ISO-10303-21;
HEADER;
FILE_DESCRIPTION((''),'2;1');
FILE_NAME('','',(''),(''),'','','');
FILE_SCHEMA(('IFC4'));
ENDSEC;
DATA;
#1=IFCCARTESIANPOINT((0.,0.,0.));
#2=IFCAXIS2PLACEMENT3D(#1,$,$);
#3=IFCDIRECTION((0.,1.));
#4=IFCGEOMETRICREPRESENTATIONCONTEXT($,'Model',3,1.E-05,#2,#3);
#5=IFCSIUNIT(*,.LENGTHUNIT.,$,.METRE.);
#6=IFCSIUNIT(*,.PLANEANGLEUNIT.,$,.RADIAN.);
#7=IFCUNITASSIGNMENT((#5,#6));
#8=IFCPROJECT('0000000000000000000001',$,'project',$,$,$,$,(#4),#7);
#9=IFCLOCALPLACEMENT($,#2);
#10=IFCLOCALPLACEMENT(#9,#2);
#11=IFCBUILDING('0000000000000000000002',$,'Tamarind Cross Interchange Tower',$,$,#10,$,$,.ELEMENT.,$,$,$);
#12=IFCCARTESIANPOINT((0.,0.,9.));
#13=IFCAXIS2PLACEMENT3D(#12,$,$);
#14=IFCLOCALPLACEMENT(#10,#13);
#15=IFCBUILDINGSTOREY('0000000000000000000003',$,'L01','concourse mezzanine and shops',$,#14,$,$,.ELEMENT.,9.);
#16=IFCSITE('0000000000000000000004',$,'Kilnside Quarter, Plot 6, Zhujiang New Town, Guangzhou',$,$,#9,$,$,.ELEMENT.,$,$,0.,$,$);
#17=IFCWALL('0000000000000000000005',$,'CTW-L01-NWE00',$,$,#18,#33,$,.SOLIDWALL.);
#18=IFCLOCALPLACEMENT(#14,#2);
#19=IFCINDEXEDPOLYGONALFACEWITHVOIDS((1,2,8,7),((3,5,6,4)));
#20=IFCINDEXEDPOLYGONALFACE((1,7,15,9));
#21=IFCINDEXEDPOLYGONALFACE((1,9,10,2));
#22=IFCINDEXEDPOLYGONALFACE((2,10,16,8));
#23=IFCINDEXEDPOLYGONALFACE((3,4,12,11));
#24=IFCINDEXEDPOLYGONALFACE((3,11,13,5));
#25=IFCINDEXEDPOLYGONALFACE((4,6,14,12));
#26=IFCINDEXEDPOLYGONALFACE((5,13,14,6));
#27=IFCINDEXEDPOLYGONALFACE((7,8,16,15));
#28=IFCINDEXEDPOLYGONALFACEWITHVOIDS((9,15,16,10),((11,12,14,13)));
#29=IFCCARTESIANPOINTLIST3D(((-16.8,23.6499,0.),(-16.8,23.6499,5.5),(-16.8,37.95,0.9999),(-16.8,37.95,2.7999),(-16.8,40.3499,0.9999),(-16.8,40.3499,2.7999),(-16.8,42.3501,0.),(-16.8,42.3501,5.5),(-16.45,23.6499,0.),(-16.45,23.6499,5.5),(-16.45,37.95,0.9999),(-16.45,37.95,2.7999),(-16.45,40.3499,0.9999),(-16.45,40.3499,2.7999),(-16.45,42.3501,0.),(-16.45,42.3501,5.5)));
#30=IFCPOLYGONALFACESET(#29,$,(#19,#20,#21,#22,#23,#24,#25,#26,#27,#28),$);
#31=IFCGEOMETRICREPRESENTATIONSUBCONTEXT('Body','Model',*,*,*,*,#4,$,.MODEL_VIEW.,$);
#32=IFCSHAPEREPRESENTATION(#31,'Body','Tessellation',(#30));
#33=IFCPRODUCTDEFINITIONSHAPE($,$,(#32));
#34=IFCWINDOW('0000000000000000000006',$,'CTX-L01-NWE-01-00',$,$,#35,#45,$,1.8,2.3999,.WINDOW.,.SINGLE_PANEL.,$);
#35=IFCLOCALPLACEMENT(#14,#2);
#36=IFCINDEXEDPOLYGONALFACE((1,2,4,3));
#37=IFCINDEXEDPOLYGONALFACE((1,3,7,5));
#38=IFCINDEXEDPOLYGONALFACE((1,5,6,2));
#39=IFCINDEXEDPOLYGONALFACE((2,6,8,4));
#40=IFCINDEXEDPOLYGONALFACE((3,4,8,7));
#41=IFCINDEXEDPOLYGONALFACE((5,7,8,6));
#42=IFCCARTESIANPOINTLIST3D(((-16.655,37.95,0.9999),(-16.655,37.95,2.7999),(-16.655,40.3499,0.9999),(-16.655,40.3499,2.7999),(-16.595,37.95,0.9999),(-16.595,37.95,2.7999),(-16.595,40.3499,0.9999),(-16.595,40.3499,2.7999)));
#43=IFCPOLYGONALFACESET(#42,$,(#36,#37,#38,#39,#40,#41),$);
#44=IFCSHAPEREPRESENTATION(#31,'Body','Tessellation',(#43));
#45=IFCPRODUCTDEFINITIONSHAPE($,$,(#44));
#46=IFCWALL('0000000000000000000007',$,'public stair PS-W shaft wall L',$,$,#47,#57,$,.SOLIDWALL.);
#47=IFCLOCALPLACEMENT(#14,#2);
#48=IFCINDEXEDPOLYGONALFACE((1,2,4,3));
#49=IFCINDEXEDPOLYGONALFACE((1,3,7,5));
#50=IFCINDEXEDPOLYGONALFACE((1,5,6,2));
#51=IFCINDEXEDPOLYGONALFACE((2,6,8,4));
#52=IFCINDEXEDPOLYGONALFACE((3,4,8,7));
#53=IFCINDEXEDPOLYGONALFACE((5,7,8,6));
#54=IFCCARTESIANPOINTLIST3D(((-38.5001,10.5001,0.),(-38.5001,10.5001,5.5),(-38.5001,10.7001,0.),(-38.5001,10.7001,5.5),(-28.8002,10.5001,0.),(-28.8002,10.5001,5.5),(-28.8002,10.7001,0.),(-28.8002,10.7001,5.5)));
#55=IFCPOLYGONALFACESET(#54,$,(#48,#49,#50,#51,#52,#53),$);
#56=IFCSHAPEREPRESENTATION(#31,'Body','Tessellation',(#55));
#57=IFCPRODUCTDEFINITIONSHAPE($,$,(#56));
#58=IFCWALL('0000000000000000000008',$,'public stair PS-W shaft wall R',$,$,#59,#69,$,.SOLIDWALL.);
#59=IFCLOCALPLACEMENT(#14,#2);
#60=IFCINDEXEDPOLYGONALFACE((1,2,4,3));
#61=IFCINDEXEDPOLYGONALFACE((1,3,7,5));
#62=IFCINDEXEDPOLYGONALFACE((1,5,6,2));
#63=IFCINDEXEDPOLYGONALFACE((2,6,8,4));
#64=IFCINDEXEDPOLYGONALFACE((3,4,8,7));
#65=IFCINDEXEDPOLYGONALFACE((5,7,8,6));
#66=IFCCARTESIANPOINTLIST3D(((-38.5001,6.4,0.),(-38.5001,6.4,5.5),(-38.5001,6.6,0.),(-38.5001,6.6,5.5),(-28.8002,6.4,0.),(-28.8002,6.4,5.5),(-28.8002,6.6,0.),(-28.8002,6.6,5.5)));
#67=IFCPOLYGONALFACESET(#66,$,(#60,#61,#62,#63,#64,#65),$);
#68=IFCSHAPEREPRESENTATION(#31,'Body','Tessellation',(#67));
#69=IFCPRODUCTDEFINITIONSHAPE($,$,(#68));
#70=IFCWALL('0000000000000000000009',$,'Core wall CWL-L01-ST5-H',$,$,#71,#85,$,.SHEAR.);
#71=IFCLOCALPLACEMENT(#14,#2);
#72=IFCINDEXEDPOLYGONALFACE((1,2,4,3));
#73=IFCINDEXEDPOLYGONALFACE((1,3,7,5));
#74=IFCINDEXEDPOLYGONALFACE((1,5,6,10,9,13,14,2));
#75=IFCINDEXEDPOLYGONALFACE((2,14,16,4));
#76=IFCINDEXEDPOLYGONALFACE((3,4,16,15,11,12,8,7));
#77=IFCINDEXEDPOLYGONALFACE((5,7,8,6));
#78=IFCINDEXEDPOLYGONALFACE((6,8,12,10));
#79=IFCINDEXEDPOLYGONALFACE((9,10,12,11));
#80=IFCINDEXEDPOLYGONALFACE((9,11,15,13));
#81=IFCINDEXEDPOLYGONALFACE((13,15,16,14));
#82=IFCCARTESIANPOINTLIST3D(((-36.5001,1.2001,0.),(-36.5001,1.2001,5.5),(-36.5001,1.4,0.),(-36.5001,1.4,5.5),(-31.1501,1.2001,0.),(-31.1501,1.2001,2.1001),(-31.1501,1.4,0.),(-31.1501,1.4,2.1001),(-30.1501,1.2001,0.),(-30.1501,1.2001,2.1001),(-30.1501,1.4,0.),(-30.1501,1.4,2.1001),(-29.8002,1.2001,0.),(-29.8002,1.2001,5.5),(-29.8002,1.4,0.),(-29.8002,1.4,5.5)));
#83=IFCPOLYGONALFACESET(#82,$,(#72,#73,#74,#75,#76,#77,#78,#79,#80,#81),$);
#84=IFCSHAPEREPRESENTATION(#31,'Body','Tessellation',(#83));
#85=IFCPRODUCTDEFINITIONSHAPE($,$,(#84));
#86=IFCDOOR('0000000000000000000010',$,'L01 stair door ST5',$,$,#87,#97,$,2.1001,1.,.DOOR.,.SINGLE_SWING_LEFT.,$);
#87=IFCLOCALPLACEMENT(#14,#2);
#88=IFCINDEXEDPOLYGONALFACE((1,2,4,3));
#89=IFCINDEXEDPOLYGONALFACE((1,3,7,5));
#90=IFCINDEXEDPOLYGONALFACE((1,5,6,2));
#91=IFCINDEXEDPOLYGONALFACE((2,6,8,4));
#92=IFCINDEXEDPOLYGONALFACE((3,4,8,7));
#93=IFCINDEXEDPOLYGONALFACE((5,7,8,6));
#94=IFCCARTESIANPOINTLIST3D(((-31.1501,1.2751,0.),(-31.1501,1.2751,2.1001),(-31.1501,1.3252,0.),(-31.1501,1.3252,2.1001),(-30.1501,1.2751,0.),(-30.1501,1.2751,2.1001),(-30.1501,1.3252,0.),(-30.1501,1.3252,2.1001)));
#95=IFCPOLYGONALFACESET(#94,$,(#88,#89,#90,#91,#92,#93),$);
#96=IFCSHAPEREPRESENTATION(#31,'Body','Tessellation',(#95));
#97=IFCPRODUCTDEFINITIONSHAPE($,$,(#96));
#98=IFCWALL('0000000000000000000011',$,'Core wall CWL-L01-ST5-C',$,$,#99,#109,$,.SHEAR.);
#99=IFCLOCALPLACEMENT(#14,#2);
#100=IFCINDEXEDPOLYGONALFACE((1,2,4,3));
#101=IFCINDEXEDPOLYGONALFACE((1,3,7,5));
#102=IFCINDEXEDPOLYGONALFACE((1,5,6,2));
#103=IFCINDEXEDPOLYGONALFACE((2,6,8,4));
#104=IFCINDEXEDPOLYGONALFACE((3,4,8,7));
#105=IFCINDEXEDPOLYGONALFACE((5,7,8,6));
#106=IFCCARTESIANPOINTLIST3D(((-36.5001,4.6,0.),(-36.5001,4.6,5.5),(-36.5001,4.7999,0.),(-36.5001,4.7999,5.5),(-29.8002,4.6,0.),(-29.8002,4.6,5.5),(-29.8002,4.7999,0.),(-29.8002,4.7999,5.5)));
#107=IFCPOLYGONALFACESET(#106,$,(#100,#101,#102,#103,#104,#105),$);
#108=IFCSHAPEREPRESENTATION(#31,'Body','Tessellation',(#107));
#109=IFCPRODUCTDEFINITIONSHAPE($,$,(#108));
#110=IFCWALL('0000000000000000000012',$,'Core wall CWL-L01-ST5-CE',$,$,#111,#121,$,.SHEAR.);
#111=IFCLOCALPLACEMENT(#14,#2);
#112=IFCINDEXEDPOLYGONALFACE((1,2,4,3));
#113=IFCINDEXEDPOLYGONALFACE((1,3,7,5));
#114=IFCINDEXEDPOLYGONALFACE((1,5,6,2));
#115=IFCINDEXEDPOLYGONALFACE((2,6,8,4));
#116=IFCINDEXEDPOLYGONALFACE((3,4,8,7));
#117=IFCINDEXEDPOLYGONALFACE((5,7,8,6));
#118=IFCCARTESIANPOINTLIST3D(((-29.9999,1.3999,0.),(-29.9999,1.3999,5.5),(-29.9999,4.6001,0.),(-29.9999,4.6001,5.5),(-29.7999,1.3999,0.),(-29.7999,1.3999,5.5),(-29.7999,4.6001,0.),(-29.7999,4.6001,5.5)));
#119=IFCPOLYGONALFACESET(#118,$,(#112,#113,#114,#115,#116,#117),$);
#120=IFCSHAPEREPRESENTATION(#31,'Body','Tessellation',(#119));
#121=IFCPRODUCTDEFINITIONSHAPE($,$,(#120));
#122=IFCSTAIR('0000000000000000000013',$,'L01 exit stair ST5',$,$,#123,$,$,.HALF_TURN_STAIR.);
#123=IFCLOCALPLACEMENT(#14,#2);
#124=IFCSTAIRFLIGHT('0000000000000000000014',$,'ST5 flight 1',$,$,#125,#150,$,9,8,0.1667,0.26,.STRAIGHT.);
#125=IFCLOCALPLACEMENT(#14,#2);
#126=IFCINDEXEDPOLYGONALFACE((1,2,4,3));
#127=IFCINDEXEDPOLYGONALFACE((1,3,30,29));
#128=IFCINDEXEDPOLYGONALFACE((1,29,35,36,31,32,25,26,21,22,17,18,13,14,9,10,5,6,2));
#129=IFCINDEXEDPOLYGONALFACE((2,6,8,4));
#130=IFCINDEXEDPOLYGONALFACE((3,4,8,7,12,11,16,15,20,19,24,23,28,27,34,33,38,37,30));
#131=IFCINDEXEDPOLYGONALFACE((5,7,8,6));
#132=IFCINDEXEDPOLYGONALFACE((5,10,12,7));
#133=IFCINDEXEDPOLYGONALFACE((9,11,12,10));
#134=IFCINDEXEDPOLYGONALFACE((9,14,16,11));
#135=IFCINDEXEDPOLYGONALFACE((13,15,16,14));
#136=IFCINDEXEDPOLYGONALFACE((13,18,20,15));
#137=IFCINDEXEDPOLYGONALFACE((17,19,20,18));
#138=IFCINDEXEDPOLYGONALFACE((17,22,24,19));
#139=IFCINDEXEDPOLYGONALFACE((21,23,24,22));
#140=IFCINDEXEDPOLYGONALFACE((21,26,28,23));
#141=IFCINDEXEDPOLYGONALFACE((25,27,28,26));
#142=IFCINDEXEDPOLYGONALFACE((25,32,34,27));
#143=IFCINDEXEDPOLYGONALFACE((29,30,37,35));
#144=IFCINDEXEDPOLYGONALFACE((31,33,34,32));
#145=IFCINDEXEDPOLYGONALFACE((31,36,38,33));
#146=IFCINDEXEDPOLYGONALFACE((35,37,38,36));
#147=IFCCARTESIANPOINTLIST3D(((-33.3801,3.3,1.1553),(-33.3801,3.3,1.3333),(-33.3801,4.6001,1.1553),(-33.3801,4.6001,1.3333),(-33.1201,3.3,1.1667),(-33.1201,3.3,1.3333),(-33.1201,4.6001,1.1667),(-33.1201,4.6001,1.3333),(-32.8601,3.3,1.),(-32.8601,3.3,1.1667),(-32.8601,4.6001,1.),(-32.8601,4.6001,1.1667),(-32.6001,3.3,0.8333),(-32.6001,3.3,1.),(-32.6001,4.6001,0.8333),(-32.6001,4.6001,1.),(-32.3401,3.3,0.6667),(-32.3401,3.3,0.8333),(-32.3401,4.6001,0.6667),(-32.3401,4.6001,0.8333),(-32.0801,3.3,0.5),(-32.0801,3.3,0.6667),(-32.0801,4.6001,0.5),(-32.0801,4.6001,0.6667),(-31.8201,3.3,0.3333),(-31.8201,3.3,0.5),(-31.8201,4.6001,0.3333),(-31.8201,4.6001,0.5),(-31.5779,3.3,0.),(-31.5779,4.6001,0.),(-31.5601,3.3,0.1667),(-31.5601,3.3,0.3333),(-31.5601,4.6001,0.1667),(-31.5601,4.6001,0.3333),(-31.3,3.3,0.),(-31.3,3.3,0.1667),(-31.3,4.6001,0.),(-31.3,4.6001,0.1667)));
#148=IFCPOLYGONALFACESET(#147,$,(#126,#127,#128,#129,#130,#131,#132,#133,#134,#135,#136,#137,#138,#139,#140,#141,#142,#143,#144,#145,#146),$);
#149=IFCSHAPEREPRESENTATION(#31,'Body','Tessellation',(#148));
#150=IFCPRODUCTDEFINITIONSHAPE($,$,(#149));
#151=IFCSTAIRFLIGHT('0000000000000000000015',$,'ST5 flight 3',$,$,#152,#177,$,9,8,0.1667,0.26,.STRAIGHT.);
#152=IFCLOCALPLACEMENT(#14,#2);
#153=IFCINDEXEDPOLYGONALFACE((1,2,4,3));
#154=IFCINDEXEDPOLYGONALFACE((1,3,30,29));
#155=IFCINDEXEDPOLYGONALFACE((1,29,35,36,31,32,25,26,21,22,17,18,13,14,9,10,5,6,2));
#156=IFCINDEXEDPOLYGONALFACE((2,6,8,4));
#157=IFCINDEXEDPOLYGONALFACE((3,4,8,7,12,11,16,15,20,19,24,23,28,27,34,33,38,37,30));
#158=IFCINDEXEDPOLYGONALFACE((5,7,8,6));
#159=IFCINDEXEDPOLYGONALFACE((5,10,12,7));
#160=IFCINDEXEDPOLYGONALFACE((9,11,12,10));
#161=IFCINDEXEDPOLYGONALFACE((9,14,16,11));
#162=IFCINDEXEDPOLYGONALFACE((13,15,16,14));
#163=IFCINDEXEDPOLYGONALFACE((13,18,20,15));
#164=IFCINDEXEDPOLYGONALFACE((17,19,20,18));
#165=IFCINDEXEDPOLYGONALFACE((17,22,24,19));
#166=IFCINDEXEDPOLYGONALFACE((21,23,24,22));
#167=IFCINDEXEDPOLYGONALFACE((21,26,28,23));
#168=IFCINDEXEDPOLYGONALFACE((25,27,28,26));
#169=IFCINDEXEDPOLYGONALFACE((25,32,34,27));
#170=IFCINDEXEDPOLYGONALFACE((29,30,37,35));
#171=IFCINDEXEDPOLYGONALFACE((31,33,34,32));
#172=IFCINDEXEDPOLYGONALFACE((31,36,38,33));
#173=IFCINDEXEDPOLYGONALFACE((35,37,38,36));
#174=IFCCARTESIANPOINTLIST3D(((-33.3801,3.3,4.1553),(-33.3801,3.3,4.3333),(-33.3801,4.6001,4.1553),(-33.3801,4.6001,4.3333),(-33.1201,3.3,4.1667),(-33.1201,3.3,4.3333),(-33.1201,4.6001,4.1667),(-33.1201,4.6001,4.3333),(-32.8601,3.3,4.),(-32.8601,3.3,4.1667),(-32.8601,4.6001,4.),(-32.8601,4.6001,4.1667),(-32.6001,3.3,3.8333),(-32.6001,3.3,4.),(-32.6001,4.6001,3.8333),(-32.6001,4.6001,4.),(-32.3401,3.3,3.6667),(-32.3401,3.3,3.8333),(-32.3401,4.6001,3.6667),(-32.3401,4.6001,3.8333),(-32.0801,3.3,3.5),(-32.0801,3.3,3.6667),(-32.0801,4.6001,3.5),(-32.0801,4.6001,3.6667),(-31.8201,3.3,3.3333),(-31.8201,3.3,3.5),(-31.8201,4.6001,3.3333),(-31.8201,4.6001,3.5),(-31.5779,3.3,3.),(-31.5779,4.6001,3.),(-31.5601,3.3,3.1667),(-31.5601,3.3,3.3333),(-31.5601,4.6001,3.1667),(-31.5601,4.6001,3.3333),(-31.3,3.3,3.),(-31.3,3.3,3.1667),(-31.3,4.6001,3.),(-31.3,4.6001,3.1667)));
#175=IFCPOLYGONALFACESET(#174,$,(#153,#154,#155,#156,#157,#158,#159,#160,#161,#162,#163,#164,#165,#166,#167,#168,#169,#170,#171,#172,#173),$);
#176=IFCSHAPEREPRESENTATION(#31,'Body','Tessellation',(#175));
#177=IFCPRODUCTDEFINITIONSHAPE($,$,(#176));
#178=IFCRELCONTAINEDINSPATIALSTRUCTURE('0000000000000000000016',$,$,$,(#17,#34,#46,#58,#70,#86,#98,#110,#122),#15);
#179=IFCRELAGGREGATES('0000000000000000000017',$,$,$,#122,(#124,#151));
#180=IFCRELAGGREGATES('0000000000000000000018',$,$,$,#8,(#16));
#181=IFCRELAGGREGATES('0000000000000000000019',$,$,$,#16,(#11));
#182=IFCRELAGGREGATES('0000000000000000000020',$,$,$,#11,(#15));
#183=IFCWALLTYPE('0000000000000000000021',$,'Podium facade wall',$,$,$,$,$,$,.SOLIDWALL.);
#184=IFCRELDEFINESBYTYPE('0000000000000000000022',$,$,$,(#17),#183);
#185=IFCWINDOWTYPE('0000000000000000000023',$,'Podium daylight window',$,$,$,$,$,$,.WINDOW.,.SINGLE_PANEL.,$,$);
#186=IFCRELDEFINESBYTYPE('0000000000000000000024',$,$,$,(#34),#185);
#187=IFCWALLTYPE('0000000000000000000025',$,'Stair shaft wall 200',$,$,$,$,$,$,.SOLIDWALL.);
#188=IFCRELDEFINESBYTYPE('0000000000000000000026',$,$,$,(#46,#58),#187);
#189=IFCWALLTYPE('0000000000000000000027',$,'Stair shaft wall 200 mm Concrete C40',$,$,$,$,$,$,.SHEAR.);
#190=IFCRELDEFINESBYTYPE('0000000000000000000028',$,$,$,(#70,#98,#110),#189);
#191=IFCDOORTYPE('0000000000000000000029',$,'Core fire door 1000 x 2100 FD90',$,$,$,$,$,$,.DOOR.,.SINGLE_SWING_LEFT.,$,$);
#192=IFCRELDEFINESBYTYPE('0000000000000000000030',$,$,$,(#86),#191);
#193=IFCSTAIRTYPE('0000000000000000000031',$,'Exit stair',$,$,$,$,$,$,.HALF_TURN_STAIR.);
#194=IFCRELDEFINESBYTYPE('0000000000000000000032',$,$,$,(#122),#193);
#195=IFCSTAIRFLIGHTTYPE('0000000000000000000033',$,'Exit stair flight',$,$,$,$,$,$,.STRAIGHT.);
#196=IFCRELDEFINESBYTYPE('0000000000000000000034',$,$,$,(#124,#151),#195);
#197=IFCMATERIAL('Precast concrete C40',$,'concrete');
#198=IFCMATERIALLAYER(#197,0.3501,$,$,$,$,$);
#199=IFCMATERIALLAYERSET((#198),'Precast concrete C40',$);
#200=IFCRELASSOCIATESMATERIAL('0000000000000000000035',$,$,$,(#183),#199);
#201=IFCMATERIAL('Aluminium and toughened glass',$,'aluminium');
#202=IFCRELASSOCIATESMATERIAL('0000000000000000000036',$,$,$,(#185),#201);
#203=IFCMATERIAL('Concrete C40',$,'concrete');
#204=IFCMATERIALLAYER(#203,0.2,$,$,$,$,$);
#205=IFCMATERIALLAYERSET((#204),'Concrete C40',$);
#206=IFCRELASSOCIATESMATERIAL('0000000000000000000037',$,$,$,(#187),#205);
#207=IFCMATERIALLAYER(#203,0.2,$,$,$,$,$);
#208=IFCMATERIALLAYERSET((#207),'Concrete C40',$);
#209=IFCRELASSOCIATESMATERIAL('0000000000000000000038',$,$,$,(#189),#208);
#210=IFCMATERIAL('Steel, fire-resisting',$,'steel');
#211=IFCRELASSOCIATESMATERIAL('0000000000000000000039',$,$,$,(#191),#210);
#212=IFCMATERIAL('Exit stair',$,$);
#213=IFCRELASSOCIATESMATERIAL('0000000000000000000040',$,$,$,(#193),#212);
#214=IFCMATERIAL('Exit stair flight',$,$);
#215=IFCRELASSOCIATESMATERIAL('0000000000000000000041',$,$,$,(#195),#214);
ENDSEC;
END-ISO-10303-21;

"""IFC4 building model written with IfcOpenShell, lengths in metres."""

from ifc_helpers import new_model, si_unit, direction, frame, frame_2d, origin, place, context, subcontext, project, spatial, polyline, rectangle, outline, extrude, material, layer, layer_set, type_object, element, fill, aggregate, save


model = new_model("IFC4")

# Units and contexts
model_context = context("Model", 3, precision=1e-05, world=origin(), true_north=direction((0.0, 1.0)))
body_context = subcontext(model_context, "Body", "Model", "MODEL_VIEW")
ifc_project = project(units=[si_unit("LENGTHUNIT", "METRE"), si_unit("PLANEANGLEUNIT", "RADIAN")], contexts=[model_context])

# Site, building, storey
site_placement = place(None, origin())
site = spatial("IfcSite", under=ifc_project, at=site_placement, Name="Kilnside Quarter, Plot 6, Zhujiang New Town, Guangzhou", CompositionType="ELEMENT", RefElevation=0.0)
building_placement = place(site_placement, origin())
building = spatial("IfcBuilding", under=site, at=building_placement, Name="Tamarind Cross Interchange Tower", CompositionType="ELEMENT")
storey_placement = place(building_placement, frame((0.0, 0.0, 9.0)))
storey = spatial("IfcBuildingStorey", under=building, at=storey_placement, Name="L01", Description="concourse mezzanine and shops", CompositionType="ELEMENT", Elevation=9.0)

# Shared definitions
ifc_material_1 = material(Name="Steel, fire-resisting", Category="steel")

# Wall, opening, window
ifc_material_2 = material(Name="Precast concrete C40", Category="concrete")
ifc_layer_1 = layer(ifc_material_2, 0.3501)
ifc_layer_set_1 = layer_set([ifc_layer_1], Name="Precast concrete C40")
wall_type_1 = type_object("IfcWallType", Name="Podium facade wall", PredefinedType="SOLIDWALL", material=ifc_layer_set_1)
wall_1_placement = place(storey_placement, frame((-16.625, 23.6499, 0.0), z_axis=(0.0, 0.0, 1.0), x_axis=(0.0, 1.0, 0.0)))
wall_1 = element("IfcWall", 1, at=wall_1_placement, inside=storey, type_object=wall_type_1, Name="CTW-L01-NWE00", PredefinedType="SOLIDWALL", context=body_context, shape_type="SweptSolid", body=[
    extrude(rectangle(XDim=18.7002, YDim=0.3501, at=frame_2d((9.3501, 0.0))), origin(), (0.0, 0.0, 1.0), 5.5),
])
opening_1_placement = place(wall_1_placement, frame((14.3, 0.0, 1.0)))
opening_1 = element("IfcOpeningElement", 2, at=opening_1_placement, cuts=wall_1, PredefinedType="OPENING", context=body_context, shape_type="SweptSolid", body=[
    extrude(rectangle(XDim=2.3999, YDim=1.8, at=frame_2d((1.2, 0.8999))), frame((0.0, 0.1851, 0.0), z_axis=(0.0, -1.0, 0.0), x_axis=(1.0, 0.0, 0.0)), (0.0, 0.0, 1.0), 0.3701),
])
ifc_material_3 = material(Name="Aluminium and toughened glass", Category="aluminium")
window_type = type_object("IfcWindowType", Name="Podium daylight window", PartitioningType="SINGLE_PANEL", PredefinedType="WINDOW", material=ifc_material_3)
window_placement = place(opening_1_placement, origin())
window = element("IfcWindow", 3, at=window_placement, inside=storey, type_object=window_type, Name="CTX-L01-NWE-01-00", OverallHeight=1.8, OverallWidth=2.3999, PartitioningType="SINGLE_PANEL", PredefinedType="WINDOW", context=body_context, shape_type="SweptSolid", body=[
    extrude(rectangle(XDim=2.3999, YDim=1.8, at=frame_2d((1.2, 0.8999))), frame((0.0, 0.03, 0.0), z_axis=(0.0, -1.0, 0.0), x_axis=(1.0, 0.0, 0.0)), (0.0, 0.0, 1.0), 0.0601),
])
fill(opening_1, window)

# Walls
ifc_material_4 = material(Name="Concrete C40", Category="concrete")
ifc_layer_2 = layer(ifc_material_4, 0.2)
ifc_layer_set_2 = layer_set([ifc_layer_2], Name="Concrete C40")
wall_type_2 = type_object("IfcWallType", Name="Stair shaft wall 200", PredefinedType="SOLIDWALL", material=ifc_layer_set_2)
for number, where, z_axis, x_axis, name in (
    (4, (-28.8, 10.6001, 0.0), (0.0, 0.0, 1.0), (-1.0, 0.0, 0.0), "public stair PS-W shaft wall L"),
    (5, (-28.8, 6.5, 0.0), (0.0, 0.0, 1.0), (-1.0, 0.0, 0.0), "public stair PS-W shaft wall R"),
):
    element("IfcWall", number, at=place(storey_placement, frame(where, z_axis=z_axis, x_axis=x_axis)), inside=storey, type_object=wall_type_2, Name=name, PredefinedType="SOLIDWALL", context=body_context, shape_type="SweptSolid", body=[
        extrude(rectangle(XDim=9.7, YDim=0.2, at=frame_2d((4.8501, 0.0))), origin(), (0.0, 0.0, 1.0), 5.5),
    ])

# Wall, opening, door
ifc_layer_3 = layer(ifc_material_4, 0.2)
ifc_layer_set_3 = layer_set([ifc_layer_3], Name="Concrete C40")
wall_type_3 = type_object("IfcWallType", Name="Stair shaft wall 200 mm Concrete C40", PredefinedType="SHEAR", material=ifc_layer_set_3)
wall_2_placement = place(storey_placement, frame((-29.8, 1.3, 0.0), z_axis=(0.0, 0.0, 1.0), x_axis=(-1.0, 0.0, 0.0)))
wall_2 = element("IfcWall", 6, at=wall_2_placement, inside=storey, type_object=wall_type_3, Name="Core wall CWL-L01-ST5-H", PredefinedType="SHEAR", context=body_context, shape_type="SweptSolid", body=[
    extrude(rectangle(XDim=6.7, YDim=0.2, at=frame_2d((3.3501, 0.0))), origin(), (0.0, 0.0, 1.0), 5.5),
])
opening_2_placement = place(wall_2_placement, frame((0.3501, 0.0, 0.0)))
opening_2 = element("IfcOpeningElement", 7, at=opening_2_placement, cuts=wall_2, PredefinedType="OPENING", context=body_context, shape_type="SweptSolid", body=[
    extrude(rectangle(XDim=1.0, YDim=2.1001, at=frame_2d((0.5, 1.05))), frame((0.0, 0.1099, 0.0), z_axis=(0.0, -1.0, 0.0), x_axis=(1.0, 0.0, 0.0)), (0.0, 0.0, 1.0), 0.22),
])
door_type_1 = type_object("IfcDoorType", Name="Core fire door 1000 x 2100 FD90", OperationType="SINGLE_SWING_LEFT", PredefinedType="DOOR", material=ifc_material_1)
door_1_placement = place(opening_2_placement, origin())
door_1 = element("IfcDoor", 8, at=door_1_placement, inside=storey, type_object=door_type_1, Name="L01 stair door ST5", OperationType="SINGLE_SWING_LEFT", OverallHeight=2.1001, OverallWidth=1.0, PredefinedType="DOOR", context=body_context, shape_type="SweptSolid", body=[
    extrude(rectangle(XDim=1.0, YDim=2.1001, at=frame_2d((0.5, 1.05))), frame((0.0, 0.0249, 0.0), z_axis=(0.0, -1.0, 0.0), x_axis=(1.0, 0.0, 0.0)), (0.0, 0.0, 1.0), 0.05),
])
fill(opening_2, door_1)

# Walls
wall_3_placement = place(storey_placement, frame((-29.8, 4.7, 0.0), z_axis=(0.0, 0.0, 1.0), x_axis=(-1.0, 0.0, 0.0)))
element("IfcWall", 9, at=wall_3_placement, inside=storey, type_object=wall_type_3, Name="Core wall CWL-L01-ST5-C", PredefinedType="SHEAR", context=body_context, shape_type="SweptSolid", body=[
    extrude(rectangle(XDim=6.7, YDim=0.2, at=frame_2d((3.3501, 0.0))), origin(), (0.0, 0.0, 1.0), 5.5),
])
wall_4_placement = place(storey_placement, frame((-29.8999, 4.6001, 0.0), z_axis=(0.0, 0.0, 1.0), x_axis=(0.0, -1.0, 0.0)))
element("IfcWall", 10, at=wall_4_placement, inside=storey, type_object=wall_type_3, Name="Core wall CWL-L01-ST5-CE", PredefinedType="SHEAR", context=body_context, shape_type="SweptSolid", body=[
    extrude(rectangle(XDim=3.2002, YDim=0.2, at=frame_2d((1.6001, 0.0))), origin(), (0.0, 0.0, 1.0), 5.5),
])

# Stair, stair flights
ifc_material_5 = material(Name="Exit stair")
stair_type_1 = type_object("IfcStairType", Name="Exit stair", PredefinedType="HALF_TURN_STAIR", material=ifc_material_5)
stair_1_placement = place(storey_placement, origin())
stair_1 = element("IfcStair", 11, at=stair_1_placement, inside=storey, type_object=stair_type_1, Name="L01 exit stair ST5", PredefinedType="HALF_TURN_STAIR")
ifc_material_6 = material(Name="Exit stair flight")
stair_flight_type_1 = type_object("IfcStairFlightType", Name="Exit stair flight", PredefinedType="STRAIGHT", material=ifc_material_6)
stair_flight_1_placement = place(storey_placement, frame((-31.3, 3.95, 0.0), z_axis=(0.0, 0.0, 1.0), x_axis=(-1.0, 0.0, 0.0)))
stair_flight_1 = element("IfcStairFlight", 12, at=stair_flight_1_placement, type_object=stair_flight_type_1, Name="ST5 flight 1", NumberOfRisers=9, NumberOfTreads=8, PredefinedType="STRAIGHT", RiserHeight=0.1667, TreadLength=0.26, context=body_context, shape_type="SweptSolid", body=[
    extrude(outline(polyline([(0.0, 0.0), (0.0, 0.1667), (0.26, 0.1667), (0.26, 0.3333), (0.52, 0.3333), (0.52, 0.5), (0.78, 0.5), (0.78, 0.6667), (1.04, 0.6667), (1.04, 0.8333), (1.3, 0.8333), (1.3, 1.0), (1.5601, 1.0), (1.5601, 1.1667), (1.8201, 1.1667), (1.8201, 1.3333), (2.0801, 1.3333), (2.0801, 1.5), (2.0801, 1.1553), (0.2778, 0.0), (0.0, 0.0)])), frame((0.0, 0.6499, 0.0), z_axis=(0.0, -1.0, 0.0), x_axis=(1.0, 0.0, 0.0)), (0.0, 0.0, 1.0), 1.3),
])
stair_flight_2_placement = place(storey_placement, frame((-31.3, 3.95, 3.0), z_axis=(0.0, 0.0, 1.0), x_axis=(-1.0, 0.0, 0.0)))
stair_flight_2 = element("IfcStairFlight", 13, at=stair_flight_2_placement, type_object=stair_flight_type_1, Name="ST5 flight 3", NumberOfRisers=9, NumberOfTreads=8, PredefinedType="STRAIGHT", RiserHeight=0.1667, TreadLength=0.26, context=body_context, shape_type="SweptSolid", body=[
    extrude(outline(polyline([(0.0, 0.0), (0.0, 0.1667), (0.26, 0.1667), (0.26, 0.3333), (0.52, 0.3333), (0.52, 0.5), (0.78, 0.5), (0.78, 0.6667), (1.04, 0.6667), (1.04, 0.8333), (1.3, 0.8333), (1.3, 1.0), (1.5601, 1.0), (1.5601, 1.1667), (1.8201, 1.1667), (1.8201, 1.3333), (2.0801, 1.3333), (2.0801, 1.5), (2.0801, 1.1553), (0.2778, 0.0), (0.0, 0.0)])), frame((0.0, 0.6499, 0.0), z_axis=(0.0, -1.0, 0.0), x_axis=(1.0, 0.0, 0.0)), (0.0, 0.0, 1.0), 1.3),
])
aggregate(stair_1, [stair_flight_1, stair_flight_2])

save(model, "model.ifc")
